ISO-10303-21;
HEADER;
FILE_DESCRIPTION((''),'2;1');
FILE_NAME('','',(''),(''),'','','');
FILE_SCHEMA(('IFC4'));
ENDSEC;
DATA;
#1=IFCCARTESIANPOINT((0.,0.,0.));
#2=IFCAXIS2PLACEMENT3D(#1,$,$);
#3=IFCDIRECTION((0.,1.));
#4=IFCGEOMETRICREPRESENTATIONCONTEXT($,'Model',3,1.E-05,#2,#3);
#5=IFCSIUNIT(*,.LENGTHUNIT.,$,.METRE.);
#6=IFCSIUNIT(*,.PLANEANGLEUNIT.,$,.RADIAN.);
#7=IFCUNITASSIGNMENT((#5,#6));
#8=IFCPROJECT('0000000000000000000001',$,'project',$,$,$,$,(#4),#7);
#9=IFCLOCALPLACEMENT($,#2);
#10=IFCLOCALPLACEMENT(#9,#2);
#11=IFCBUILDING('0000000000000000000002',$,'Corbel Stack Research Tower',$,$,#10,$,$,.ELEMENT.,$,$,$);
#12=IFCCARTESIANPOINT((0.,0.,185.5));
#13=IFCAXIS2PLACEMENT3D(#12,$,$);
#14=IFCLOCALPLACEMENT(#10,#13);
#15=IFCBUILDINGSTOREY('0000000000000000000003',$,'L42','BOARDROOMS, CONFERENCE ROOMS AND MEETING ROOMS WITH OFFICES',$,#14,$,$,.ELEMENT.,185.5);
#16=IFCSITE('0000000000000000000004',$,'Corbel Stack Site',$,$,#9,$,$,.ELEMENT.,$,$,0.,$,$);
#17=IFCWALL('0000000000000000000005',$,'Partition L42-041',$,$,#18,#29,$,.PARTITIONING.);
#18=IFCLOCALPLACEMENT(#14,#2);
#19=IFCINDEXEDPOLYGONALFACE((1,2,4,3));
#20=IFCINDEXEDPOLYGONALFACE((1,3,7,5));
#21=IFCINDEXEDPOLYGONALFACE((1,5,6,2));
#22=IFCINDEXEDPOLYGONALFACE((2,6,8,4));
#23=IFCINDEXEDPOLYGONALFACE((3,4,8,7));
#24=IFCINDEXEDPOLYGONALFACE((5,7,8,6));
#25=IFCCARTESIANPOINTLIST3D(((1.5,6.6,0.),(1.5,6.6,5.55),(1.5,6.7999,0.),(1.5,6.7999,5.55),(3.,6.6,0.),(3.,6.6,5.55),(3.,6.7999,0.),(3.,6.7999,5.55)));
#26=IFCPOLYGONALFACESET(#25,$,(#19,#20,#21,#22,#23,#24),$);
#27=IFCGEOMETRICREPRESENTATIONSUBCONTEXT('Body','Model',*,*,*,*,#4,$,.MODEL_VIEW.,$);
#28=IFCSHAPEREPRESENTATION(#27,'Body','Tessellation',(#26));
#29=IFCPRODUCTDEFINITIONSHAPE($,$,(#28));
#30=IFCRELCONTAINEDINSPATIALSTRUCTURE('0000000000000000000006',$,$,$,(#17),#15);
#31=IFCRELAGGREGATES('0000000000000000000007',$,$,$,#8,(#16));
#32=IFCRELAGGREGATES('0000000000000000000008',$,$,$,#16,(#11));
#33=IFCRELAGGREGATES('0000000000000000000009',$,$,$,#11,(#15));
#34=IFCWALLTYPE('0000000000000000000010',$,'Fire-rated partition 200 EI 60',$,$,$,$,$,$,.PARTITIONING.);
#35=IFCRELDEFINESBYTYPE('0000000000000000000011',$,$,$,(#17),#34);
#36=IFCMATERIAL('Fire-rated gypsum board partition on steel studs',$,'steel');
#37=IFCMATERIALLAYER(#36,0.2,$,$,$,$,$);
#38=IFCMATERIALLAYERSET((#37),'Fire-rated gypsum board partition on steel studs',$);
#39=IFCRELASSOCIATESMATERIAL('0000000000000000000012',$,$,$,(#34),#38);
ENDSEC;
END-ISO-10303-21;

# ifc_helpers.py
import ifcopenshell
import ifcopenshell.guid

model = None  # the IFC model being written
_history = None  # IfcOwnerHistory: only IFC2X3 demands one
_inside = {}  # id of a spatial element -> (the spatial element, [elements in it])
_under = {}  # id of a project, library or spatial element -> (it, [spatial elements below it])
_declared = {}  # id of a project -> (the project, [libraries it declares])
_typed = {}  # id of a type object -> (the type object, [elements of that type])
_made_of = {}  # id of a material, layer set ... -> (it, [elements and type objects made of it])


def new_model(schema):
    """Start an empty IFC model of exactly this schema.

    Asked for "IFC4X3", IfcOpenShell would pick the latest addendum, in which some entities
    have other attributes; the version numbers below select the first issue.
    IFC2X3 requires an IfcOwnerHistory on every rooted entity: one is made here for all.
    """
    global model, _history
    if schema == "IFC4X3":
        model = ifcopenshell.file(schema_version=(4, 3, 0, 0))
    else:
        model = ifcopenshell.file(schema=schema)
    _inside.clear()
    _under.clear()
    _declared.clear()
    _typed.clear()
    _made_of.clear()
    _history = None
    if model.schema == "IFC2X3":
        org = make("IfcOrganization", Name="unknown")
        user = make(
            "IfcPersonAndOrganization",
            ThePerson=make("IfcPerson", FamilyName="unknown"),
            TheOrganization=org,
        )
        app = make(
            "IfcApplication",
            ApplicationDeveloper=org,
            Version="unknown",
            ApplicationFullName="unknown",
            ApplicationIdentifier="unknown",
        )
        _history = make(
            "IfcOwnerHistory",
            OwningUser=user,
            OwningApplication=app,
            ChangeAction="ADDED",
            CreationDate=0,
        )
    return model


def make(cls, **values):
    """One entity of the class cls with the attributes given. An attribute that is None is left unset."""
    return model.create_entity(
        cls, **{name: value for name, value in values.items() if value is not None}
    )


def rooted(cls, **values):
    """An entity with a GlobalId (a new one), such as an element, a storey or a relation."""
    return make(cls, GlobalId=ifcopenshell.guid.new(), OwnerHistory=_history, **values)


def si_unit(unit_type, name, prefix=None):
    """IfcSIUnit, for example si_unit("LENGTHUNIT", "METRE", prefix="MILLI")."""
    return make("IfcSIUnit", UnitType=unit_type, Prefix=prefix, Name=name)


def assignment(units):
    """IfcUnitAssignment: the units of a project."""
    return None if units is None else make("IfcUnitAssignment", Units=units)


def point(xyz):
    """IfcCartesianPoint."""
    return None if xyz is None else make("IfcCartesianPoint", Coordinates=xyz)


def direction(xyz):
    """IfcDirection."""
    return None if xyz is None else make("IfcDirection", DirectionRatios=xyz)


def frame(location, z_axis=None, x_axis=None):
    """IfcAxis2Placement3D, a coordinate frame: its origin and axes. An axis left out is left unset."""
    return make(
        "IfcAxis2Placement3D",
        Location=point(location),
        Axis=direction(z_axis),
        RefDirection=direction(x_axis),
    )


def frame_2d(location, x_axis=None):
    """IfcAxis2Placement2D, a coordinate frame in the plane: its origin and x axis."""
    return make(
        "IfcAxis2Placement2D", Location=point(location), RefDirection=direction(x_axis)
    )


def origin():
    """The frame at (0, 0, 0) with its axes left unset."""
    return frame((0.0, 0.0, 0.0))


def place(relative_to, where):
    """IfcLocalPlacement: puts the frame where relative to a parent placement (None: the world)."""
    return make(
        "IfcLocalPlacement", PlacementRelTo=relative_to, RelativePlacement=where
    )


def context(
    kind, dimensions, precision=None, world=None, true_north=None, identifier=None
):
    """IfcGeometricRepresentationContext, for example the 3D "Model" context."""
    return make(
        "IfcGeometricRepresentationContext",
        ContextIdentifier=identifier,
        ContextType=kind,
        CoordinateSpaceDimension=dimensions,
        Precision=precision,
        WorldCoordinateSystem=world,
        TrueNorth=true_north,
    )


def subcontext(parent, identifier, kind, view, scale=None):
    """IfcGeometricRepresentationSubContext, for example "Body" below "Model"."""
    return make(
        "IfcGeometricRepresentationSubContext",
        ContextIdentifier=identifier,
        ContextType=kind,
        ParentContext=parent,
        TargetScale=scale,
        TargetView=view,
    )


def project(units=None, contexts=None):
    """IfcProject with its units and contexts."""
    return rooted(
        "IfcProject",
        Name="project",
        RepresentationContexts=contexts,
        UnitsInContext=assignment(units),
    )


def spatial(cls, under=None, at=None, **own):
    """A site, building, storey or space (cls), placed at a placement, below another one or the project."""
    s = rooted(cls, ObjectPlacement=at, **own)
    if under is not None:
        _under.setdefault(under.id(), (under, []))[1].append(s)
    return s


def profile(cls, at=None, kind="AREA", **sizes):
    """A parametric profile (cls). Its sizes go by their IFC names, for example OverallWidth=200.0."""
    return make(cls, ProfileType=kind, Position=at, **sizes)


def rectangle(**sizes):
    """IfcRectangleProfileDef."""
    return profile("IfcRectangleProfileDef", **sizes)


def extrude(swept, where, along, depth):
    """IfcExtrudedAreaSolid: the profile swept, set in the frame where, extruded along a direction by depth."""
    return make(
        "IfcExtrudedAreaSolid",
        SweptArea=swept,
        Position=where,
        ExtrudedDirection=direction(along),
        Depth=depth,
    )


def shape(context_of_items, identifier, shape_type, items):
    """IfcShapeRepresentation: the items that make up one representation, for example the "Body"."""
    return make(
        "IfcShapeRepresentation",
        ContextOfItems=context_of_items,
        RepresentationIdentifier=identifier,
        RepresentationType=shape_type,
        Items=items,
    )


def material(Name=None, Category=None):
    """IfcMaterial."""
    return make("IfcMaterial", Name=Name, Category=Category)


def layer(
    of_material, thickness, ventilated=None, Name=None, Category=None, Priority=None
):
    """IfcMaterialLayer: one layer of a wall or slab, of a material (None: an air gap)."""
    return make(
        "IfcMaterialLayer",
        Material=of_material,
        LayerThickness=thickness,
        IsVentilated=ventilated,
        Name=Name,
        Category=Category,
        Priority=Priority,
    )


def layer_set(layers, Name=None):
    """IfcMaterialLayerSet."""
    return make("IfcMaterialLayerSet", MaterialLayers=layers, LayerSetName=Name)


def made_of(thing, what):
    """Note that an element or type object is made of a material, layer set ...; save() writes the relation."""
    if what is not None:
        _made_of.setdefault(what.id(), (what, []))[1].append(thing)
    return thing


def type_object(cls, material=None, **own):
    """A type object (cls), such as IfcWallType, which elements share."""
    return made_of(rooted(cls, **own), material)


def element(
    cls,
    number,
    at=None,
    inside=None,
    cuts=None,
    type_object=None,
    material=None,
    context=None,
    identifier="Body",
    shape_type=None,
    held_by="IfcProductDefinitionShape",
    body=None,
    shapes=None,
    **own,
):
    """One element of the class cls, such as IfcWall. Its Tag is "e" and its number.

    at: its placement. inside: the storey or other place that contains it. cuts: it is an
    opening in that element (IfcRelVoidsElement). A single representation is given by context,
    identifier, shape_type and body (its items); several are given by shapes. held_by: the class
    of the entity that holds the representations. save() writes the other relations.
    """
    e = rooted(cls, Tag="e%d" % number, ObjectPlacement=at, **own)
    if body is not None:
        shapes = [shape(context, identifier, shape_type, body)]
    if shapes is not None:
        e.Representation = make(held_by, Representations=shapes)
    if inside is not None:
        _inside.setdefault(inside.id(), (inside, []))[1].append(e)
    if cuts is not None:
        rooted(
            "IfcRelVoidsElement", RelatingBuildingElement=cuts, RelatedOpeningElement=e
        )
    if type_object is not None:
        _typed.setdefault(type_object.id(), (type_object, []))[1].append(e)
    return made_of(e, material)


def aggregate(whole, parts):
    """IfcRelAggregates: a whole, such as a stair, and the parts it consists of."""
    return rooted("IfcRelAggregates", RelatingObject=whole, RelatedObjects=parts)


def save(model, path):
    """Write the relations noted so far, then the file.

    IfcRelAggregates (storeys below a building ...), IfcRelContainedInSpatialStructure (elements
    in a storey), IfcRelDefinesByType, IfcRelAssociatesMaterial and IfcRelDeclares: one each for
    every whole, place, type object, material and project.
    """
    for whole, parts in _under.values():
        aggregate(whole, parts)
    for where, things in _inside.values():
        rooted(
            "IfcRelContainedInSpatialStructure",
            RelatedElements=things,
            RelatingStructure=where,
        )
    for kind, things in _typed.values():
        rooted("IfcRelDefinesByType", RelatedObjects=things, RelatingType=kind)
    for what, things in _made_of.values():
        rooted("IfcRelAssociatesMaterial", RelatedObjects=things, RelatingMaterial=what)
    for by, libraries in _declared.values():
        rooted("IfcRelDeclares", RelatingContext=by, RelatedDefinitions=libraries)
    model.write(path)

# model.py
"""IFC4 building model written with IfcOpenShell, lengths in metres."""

from ifc_helpers import new_model, si_unit, direction, frame, frame_2d, origin, place, context, subcontext, project, spatial, rectangle, extrude, material, layer, layer_set, type_object, element, save


model = new_model("IFC4")

# Units and contexts
model_context = context("Model", 3, precision=1e-05, world=origin(), true_north=direction((0.0, 1.0)))
body_context = subcontext(model_context, "Body", "Model", "MODEL_VIEW")
ifc_project = project(units=[si_unit("LENGTHUNIT", "METRE"), si_unit("PLANEANGLEUNIT", "RADIAN")], contexts=[model_context])

# Site, building, storey
site_placement = place(None, origin())
site = spatial("IfcSite", under=ifc_project, at=site_placement, Name="Corbel Stack Site", CompositionType="ELEMENT", RefElevation=0.0)
building_placement = place(site_placement, origin())
building = spatial("IfcBuilding", under=site, at=building_placement, Name="Corbel Stack Research Tower", CompositionType="ELEMENT")
storey_placement = place(building_placement, frame((0.0, 0.0, 185.5)))
storey = spatial("IfcBuildingStorey", under=building, at=storey_placement, Name="L42", Description="BOARDROOMS, CONFERENCE ROOMS AND MEETING ROOMS WITH OFFICES", CompositionType="ELEMENT", Elevation=185.5)

# Shared definitions
ifc_material_1 = material(Name="Fire-rated gypsum board partition on steel studs", Category="steel")
ifc_layer_1 = layer(ifc_material_1, 0.2)
ifc_layer_set_1 = layer_set([ifc_layer_1], Name="Fire-rated gypsum board partition on steel studs")
wall_type_1 = type_object("IfcWallType", Name="Fire-rated partition 200 EI 60", PredefinedType="PARTITIONING", material=ifc_layer_set_1)

# Wall
for number, where, z_axis, x_axis, name in (
    (1, (1.5, 6.7, 0.0), (0.0, 0.0, 1.0), (1.0, 0.0, 0.0), "Partition L42-041"),
):
    element("IfcWall", number, at=place(storey_placement, frame(where, z_axis=z_axis, x_axis=x_axis)), inside=storey, type_object=wall_type_1, Name=name, PredefinedType="PARTITIONING", context=body_context, shape_type="SweptSolid", body=[
        extrude(rectangle(XDim=1.5, YDim=0.2, at=frame_2d((0.75, 0.0))), origin(), (0.0, 0.0, 1.0), 5.55),
    ])

save(model, "model.ifc")
